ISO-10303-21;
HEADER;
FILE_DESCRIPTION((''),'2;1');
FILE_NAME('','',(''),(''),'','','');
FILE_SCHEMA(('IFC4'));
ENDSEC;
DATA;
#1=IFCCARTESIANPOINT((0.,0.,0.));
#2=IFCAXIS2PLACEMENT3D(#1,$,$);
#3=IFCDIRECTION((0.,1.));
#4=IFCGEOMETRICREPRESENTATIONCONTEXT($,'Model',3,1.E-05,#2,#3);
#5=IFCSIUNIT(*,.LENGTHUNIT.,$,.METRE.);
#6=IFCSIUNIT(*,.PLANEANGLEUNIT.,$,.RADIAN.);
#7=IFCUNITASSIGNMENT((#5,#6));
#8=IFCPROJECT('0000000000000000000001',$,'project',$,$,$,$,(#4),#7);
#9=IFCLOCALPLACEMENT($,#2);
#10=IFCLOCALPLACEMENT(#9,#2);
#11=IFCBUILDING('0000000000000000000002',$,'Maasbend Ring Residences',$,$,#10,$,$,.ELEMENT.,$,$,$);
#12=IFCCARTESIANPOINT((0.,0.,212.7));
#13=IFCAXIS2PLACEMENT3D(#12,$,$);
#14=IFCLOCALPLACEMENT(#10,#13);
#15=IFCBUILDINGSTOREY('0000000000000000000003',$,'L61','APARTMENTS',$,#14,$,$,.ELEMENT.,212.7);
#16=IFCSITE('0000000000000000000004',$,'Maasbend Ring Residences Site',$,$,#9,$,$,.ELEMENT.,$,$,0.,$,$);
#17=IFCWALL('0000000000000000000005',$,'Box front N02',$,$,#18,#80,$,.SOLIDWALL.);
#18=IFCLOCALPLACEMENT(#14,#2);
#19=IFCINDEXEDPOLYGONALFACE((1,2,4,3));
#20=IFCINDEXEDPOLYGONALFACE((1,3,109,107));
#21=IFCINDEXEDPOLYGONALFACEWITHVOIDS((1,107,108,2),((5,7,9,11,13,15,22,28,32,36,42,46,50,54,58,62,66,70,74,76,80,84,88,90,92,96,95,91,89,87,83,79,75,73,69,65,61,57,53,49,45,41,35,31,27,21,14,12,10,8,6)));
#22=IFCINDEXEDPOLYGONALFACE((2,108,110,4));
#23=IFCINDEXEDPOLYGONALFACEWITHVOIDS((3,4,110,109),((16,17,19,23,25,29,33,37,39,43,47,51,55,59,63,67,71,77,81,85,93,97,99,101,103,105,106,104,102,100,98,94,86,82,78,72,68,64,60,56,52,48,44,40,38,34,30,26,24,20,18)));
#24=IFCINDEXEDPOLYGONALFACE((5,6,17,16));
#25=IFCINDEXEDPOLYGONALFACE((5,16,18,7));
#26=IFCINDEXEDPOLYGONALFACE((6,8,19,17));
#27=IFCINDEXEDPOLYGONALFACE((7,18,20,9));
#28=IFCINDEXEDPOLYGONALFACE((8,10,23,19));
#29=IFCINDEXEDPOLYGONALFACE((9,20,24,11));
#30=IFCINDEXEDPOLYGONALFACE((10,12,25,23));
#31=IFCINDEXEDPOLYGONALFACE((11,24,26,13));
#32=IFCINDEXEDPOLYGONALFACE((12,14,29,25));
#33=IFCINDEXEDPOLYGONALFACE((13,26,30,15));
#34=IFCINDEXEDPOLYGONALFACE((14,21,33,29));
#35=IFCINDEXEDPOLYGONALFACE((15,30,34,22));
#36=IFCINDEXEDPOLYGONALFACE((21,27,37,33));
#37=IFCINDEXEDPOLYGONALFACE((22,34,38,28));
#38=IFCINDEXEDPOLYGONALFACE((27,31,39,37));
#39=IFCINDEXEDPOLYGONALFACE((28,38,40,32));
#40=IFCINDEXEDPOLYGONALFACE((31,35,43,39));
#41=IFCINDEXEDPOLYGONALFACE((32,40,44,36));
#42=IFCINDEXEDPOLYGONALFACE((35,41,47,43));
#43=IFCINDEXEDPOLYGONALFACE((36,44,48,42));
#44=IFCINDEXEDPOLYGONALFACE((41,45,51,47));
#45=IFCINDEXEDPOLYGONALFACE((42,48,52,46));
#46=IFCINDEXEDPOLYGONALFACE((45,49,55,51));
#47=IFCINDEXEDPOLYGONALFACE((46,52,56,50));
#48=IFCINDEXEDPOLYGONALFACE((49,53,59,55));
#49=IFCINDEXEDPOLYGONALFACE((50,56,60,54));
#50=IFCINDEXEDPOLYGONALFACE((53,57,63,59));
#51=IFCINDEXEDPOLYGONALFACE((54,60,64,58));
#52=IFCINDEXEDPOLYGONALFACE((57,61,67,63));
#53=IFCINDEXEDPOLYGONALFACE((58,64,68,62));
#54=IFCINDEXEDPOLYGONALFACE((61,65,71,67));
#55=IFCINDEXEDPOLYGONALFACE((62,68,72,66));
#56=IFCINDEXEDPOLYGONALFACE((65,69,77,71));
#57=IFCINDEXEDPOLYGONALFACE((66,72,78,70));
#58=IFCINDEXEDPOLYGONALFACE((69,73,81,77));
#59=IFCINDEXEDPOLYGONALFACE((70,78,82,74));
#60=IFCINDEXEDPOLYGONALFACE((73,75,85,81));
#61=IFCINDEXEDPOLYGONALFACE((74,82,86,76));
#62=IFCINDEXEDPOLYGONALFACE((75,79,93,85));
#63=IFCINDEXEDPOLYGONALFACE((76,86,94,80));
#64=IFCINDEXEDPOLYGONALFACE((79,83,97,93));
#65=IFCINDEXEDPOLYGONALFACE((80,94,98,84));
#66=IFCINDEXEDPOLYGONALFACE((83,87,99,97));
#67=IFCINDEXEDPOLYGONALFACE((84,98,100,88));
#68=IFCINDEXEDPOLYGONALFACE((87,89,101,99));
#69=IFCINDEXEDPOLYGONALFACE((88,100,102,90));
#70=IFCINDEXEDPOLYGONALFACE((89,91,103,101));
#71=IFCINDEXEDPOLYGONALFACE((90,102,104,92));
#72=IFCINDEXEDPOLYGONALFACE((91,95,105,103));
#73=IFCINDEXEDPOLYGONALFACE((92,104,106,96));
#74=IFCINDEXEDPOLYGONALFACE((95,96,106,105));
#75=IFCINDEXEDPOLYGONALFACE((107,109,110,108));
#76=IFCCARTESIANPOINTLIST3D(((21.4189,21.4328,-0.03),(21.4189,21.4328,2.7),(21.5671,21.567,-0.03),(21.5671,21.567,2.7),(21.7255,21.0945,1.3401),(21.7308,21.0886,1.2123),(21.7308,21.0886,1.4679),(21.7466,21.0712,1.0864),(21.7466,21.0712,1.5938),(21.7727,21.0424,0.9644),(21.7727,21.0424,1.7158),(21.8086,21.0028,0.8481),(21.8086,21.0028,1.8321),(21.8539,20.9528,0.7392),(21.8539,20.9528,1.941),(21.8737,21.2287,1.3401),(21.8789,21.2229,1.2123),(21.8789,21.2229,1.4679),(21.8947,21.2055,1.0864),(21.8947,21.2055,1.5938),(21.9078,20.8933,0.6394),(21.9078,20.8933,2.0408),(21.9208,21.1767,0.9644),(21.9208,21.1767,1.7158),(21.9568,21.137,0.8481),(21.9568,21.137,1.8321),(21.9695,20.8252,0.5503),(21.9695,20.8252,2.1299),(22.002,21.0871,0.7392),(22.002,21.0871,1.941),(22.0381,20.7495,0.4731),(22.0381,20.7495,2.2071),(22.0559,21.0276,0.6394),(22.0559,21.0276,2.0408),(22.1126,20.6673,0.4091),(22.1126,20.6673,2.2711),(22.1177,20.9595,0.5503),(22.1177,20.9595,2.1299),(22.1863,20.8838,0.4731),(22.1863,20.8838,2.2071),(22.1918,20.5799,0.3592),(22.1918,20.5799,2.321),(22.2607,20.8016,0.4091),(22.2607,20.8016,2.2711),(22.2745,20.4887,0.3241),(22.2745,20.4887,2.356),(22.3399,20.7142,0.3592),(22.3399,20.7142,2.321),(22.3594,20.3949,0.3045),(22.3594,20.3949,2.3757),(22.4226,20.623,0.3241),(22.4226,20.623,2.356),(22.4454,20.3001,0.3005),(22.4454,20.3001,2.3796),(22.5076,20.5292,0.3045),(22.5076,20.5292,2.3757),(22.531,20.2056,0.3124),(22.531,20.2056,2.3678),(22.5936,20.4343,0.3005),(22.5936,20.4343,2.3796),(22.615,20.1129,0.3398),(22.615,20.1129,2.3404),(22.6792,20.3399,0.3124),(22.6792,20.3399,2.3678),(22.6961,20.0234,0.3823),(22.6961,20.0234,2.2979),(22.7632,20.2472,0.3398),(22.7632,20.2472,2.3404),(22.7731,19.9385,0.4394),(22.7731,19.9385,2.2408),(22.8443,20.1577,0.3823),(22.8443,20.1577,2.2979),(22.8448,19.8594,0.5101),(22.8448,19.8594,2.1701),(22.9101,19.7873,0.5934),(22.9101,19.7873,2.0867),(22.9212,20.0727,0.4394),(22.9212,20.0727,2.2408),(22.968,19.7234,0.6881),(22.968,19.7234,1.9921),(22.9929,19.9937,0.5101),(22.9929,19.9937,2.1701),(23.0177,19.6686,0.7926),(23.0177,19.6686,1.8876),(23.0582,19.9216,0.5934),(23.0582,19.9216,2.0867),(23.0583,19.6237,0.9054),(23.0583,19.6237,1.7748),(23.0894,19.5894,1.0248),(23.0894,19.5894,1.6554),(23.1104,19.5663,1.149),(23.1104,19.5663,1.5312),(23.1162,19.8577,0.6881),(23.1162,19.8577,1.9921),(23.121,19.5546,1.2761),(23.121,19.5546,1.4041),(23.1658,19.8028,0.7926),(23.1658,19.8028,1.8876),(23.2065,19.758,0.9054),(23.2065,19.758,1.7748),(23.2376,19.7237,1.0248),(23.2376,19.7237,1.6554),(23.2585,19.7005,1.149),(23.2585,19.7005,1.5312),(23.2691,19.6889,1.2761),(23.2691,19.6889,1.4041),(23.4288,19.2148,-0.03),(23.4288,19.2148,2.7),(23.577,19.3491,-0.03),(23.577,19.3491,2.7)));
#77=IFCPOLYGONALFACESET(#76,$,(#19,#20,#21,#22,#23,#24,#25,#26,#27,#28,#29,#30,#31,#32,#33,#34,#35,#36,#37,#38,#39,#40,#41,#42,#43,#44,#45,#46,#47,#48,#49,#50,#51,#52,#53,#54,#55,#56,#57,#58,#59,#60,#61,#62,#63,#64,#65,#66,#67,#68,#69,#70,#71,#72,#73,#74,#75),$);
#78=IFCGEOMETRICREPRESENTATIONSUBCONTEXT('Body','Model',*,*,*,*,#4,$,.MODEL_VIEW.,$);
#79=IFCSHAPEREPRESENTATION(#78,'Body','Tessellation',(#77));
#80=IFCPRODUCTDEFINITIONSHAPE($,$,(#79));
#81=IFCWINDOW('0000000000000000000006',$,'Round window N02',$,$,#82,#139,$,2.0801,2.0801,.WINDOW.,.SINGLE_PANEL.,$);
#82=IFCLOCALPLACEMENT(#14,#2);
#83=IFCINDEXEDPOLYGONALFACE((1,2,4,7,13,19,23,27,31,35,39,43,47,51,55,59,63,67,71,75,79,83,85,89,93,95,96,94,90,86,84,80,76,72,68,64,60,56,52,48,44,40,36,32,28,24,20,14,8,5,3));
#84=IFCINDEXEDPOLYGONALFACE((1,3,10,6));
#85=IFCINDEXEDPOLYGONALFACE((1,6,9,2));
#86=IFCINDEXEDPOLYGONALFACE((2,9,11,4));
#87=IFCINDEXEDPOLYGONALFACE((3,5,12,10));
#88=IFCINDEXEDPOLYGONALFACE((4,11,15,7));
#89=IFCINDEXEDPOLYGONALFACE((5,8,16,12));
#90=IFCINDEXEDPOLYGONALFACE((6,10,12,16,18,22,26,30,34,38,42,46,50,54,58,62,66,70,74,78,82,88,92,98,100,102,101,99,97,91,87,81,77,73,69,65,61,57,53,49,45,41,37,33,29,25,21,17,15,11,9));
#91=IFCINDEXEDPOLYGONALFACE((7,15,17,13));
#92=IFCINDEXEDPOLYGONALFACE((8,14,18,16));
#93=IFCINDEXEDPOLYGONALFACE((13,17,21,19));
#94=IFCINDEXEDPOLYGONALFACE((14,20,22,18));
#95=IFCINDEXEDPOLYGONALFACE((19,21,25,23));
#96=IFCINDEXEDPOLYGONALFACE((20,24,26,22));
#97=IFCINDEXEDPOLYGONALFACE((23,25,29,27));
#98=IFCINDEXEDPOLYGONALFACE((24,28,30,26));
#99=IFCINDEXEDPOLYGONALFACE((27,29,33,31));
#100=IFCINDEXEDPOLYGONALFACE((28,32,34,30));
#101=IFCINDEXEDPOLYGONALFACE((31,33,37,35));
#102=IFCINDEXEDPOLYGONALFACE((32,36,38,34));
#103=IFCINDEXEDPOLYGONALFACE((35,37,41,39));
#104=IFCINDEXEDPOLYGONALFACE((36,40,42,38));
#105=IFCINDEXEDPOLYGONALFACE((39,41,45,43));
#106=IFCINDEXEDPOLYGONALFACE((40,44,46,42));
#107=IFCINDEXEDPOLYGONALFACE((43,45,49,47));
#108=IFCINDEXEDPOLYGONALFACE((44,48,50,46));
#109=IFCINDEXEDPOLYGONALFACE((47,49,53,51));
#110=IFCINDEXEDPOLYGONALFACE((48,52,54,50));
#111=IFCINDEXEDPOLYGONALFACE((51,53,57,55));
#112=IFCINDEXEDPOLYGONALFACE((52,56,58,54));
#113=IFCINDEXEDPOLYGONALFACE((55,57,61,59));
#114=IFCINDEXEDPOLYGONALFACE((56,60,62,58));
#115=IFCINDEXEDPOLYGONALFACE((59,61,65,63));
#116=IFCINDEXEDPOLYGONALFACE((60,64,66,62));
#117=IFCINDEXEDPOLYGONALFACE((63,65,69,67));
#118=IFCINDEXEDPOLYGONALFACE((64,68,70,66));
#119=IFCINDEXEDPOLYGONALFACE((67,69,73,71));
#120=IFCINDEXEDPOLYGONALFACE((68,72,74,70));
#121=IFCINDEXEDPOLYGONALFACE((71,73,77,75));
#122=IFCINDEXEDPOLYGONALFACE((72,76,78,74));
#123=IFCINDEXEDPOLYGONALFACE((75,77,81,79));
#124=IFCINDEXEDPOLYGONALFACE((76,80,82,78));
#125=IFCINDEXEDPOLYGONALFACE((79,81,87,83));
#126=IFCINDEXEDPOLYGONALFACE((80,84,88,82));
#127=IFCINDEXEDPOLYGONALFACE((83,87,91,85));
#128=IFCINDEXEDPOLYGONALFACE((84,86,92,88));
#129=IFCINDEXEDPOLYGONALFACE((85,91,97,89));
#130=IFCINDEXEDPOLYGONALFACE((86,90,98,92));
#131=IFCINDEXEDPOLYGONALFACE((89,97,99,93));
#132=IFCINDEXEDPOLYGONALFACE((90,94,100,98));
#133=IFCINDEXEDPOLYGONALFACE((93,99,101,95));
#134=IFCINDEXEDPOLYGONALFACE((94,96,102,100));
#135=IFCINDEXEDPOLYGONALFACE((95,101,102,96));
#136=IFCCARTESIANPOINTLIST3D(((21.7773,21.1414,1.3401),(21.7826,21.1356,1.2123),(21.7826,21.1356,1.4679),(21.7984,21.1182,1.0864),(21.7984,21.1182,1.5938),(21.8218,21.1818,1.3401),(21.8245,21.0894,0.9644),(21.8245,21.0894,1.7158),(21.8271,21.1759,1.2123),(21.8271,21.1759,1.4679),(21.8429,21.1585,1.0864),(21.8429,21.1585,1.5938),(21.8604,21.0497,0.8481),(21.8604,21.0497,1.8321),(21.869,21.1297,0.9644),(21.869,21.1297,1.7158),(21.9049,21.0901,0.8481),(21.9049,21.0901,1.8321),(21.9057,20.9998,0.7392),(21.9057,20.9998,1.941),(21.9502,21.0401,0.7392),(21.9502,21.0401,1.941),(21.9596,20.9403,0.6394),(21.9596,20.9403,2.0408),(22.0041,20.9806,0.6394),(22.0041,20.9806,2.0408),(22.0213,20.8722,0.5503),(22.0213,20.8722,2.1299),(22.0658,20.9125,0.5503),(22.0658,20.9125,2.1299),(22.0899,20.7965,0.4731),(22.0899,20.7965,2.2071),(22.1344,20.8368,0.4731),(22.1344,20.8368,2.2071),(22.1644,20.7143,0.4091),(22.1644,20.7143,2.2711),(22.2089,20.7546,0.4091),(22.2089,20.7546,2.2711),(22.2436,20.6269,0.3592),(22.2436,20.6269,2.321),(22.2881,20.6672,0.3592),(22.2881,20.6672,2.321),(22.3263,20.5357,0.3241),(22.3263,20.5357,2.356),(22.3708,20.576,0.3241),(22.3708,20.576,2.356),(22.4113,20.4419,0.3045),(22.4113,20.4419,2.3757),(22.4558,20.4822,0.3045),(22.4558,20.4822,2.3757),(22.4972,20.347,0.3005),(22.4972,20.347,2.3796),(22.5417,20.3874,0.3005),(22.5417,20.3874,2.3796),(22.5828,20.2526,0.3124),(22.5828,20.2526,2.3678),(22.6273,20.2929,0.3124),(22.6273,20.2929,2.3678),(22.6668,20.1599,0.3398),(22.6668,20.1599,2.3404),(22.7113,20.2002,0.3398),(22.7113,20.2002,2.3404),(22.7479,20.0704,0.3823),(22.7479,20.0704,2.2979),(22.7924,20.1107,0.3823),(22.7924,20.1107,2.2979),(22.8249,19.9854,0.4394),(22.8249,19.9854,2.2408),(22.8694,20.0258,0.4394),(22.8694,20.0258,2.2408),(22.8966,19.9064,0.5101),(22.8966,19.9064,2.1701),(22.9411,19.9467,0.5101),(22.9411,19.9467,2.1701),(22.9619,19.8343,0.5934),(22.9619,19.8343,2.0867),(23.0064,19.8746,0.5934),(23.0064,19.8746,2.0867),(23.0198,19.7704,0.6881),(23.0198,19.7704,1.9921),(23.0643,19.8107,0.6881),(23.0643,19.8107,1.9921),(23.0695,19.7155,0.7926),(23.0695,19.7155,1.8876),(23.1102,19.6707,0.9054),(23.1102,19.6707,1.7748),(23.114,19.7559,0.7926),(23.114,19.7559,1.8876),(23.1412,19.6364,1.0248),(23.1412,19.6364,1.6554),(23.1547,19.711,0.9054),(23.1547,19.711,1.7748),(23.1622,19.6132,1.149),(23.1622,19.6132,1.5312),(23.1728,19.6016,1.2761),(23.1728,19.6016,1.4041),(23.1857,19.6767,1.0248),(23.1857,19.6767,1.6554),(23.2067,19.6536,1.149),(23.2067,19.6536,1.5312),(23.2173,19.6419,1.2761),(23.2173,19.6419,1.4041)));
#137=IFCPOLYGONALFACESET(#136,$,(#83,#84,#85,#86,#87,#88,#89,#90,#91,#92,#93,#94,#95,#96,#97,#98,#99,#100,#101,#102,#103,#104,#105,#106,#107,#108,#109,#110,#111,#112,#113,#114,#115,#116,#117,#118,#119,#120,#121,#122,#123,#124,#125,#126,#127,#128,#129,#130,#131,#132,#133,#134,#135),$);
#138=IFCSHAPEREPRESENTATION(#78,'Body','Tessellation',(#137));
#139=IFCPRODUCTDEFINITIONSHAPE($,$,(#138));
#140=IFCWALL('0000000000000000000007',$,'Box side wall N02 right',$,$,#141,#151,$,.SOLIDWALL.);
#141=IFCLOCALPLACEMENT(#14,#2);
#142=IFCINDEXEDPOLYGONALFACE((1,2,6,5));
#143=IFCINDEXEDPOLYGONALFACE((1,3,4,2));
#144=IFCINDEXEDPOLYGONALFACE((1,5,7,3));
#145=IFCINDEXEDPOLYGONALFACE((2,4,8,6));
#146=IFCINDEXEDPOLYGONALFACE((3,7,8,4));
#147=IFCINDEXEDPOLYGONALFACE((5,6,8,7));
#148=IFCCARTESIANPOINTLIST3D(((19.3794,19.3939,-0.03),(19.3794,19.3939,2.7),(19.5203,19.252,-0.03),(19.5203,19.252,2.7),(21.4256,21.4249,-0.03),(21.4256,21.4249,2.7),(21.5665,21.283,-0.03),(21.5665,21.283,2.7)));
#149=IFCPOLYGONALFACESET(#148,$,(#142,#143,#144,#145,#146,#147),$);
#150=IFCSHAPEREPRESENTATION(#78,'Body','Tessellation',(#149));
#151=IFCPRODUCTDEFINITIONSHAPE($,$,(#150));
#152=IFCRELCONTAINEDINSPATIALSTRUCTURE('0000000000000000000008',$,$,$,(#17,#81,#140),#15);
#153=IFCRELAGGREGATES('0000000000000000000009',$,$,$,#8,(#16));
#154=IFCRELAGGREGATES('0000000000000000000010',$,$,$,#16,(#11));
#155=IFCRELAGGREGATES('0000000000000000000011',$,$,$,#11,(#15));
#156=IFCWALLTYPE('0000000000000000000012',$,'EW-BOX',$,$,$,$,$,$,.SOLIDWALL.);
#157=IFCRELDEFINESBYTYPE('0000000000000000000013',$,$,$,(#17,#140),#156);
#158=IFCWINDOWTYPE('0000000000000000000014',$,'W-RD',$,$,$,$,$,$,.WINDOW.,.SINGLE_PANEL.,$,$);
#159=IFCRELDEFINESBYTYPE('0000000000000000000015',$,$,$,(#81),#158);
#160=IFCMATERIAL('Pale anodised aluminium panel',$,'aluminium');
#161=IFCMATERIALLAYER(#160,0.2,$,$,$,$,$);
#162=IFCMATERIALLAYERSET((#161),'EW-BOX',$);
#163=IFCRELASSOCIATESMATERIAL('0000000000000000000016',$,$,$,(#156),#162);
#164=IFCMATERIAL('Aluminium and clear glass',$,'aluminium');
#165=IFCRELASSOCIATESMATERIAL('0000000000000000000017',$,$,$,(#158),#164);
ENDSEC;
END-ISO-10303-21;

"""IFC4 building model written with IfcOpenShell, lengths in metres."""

from ifc_helpers import new_model, si_unit, direction, frame, frame_2d, origin, place, context, subcontext, project, spatial, rectangle, circle, extrude, material, layer, layer_set, type_object, element, fill, save


model = new_model("IFC4")

# Units and contexts
model_context = context("Model", 3, precision=1e-05, world=origin(), true_north=direction((0.0, 1.0)))
body_context = subcontext(model_context, "Body", "Model", "MODEL_VIEW")
ifc_project = project(units=[si_unit("LENGTHUNIT", "METRE"), si_unit("PLANEANGLEUNIT", "RADIAN")], contexts=[model_context])

# Site, building, storey
site_placement = place(None, origin())
site = spatial("IfcSite", under=ifc_project, at=site_placement, Name="Maasbend Ring Residences Site", CompositionType="ELEMENT", RefElevation=0.0)
building_placement = place(site_placement, origin())
building = spatial("IfcBuilding", under=site, at=building_placement, Name="Maasbend Ring Residences", CompositionType="ELEMENT")
storey_placement = place(building_placement, frame((0.0, 0.0, 212.7)))
storey = spatial("IfcBuildingStorey", under=building, at=storey_placement, Name="L61", Description="APARTMENTS", CompositionType="ELEMENT", Elevation=212.7)

# Wall, opening, window
ifc_material_1 = material(Name="Pale anodised aluminium panel", Category="aluminium")
ifc_layer_1 = layer(ifc_material_1, 0.2)
ifc_layer_set_1 = layer_set([ifc_layer_1], Name="EW-BOX")
wall_type_1 = type_object("IfcWallType", Name="EW-BOX", PredefinedType="SOLIDWALL", material=ifc_layer_set_1)
wall_1_placement = place(storey_placement, frame((23.5029, 19.282, -0.03), z_axis=(0.0, 0.0, 1.0), x_axis=(-0.671507, 0.740998, 0.0)))
wall_1 = element("IfcWall", 1, at=wall_1_placement, inside=storey, type_object=wall_type_1, Name="Box front N02", PredefinedType="SOLIDWALL", context=body_context, shape_type="SweptSolid", body=[
    extrude(rectangle(XDim=2.9932, YDim=0.2, at=frame_2d((1.4966, 0.0))), origin(), (0.0, 0.0, 1.0), 2.73),
])
opening_1_placement = place(wall_1_placement, frame((0.4565, 0.0, 0.3301)))
opening_1 = element("IfcOpeningElement", 2, at=opening_1_placement, cuts=wall_1, PredefinedType="OPENING", context=body_context, shape_type="SweptSolid", body=[
    extrude(circle(Radius=1.04, at=frame_2d((1.04, 1.04))), frame((0.0, 0.1099, 0.0), z_axis=(0.0, -1.0, 0.0), x_axis=(1.0, 0.0, 0.0)), (0.0, 0.0, 1.0), 0.22),
])
ifc_material_2 = material(Name="Aluminium and clear glass", Category="aluminium")
window_type_1 = type_object("IfcWindowType", Name="W-RD", PartitioningType="SINGLE_PANEL", PredefinedType="WINDOW", material=ifc_material_2)
window_1_placement = place(opening_1_placement, origin())
window_1 = element("IfcWindow", 3, at=window_1_placement, inside=storey, type_object=window_type_1, Name="Round window N02", OverallHeight=2.0801, OverallWidth=2.0801, PartitioningType="SINGLE_PANEL", PredefinedType="WINDOW", context=body_context, shape_type="SweptSolid", body=[
    extrude(circle(Radius=1.04, at=frame_2d((1.04, 1.04))), frame((0.0, 0.03, 0.0), z_axis=(0.0, -1.0, 0.0), x_axis=(1.0, 0.0, 0.0)), (0.0, 0.0, 1.0), 0.0601),
])
fill(opening_1, window_1)

# Wall
wall_2_placement = place(storey_placement, frame((19.45, 19.323, -0.03), z_axis=(0.0, 0.0, 1.0), x_axis=(0.709727, 0.704477, 0.0)))
element("IfcWall", 4, at=wall_2_placement, inside=storey, type_object=wall_type_1, Name="Box side wall N02 right", PredefinedType="SOLIDWALL", context=body_context, shape_type="SweptSolid", body=[
    extrude(rectangle(XDim=2.8831, YDim=0.2, at=frame_2d((1.4414, 0.0))), origin(), (0.0, 0.0, 1.0), 2.73),
])

save(model, "model.ifc")
